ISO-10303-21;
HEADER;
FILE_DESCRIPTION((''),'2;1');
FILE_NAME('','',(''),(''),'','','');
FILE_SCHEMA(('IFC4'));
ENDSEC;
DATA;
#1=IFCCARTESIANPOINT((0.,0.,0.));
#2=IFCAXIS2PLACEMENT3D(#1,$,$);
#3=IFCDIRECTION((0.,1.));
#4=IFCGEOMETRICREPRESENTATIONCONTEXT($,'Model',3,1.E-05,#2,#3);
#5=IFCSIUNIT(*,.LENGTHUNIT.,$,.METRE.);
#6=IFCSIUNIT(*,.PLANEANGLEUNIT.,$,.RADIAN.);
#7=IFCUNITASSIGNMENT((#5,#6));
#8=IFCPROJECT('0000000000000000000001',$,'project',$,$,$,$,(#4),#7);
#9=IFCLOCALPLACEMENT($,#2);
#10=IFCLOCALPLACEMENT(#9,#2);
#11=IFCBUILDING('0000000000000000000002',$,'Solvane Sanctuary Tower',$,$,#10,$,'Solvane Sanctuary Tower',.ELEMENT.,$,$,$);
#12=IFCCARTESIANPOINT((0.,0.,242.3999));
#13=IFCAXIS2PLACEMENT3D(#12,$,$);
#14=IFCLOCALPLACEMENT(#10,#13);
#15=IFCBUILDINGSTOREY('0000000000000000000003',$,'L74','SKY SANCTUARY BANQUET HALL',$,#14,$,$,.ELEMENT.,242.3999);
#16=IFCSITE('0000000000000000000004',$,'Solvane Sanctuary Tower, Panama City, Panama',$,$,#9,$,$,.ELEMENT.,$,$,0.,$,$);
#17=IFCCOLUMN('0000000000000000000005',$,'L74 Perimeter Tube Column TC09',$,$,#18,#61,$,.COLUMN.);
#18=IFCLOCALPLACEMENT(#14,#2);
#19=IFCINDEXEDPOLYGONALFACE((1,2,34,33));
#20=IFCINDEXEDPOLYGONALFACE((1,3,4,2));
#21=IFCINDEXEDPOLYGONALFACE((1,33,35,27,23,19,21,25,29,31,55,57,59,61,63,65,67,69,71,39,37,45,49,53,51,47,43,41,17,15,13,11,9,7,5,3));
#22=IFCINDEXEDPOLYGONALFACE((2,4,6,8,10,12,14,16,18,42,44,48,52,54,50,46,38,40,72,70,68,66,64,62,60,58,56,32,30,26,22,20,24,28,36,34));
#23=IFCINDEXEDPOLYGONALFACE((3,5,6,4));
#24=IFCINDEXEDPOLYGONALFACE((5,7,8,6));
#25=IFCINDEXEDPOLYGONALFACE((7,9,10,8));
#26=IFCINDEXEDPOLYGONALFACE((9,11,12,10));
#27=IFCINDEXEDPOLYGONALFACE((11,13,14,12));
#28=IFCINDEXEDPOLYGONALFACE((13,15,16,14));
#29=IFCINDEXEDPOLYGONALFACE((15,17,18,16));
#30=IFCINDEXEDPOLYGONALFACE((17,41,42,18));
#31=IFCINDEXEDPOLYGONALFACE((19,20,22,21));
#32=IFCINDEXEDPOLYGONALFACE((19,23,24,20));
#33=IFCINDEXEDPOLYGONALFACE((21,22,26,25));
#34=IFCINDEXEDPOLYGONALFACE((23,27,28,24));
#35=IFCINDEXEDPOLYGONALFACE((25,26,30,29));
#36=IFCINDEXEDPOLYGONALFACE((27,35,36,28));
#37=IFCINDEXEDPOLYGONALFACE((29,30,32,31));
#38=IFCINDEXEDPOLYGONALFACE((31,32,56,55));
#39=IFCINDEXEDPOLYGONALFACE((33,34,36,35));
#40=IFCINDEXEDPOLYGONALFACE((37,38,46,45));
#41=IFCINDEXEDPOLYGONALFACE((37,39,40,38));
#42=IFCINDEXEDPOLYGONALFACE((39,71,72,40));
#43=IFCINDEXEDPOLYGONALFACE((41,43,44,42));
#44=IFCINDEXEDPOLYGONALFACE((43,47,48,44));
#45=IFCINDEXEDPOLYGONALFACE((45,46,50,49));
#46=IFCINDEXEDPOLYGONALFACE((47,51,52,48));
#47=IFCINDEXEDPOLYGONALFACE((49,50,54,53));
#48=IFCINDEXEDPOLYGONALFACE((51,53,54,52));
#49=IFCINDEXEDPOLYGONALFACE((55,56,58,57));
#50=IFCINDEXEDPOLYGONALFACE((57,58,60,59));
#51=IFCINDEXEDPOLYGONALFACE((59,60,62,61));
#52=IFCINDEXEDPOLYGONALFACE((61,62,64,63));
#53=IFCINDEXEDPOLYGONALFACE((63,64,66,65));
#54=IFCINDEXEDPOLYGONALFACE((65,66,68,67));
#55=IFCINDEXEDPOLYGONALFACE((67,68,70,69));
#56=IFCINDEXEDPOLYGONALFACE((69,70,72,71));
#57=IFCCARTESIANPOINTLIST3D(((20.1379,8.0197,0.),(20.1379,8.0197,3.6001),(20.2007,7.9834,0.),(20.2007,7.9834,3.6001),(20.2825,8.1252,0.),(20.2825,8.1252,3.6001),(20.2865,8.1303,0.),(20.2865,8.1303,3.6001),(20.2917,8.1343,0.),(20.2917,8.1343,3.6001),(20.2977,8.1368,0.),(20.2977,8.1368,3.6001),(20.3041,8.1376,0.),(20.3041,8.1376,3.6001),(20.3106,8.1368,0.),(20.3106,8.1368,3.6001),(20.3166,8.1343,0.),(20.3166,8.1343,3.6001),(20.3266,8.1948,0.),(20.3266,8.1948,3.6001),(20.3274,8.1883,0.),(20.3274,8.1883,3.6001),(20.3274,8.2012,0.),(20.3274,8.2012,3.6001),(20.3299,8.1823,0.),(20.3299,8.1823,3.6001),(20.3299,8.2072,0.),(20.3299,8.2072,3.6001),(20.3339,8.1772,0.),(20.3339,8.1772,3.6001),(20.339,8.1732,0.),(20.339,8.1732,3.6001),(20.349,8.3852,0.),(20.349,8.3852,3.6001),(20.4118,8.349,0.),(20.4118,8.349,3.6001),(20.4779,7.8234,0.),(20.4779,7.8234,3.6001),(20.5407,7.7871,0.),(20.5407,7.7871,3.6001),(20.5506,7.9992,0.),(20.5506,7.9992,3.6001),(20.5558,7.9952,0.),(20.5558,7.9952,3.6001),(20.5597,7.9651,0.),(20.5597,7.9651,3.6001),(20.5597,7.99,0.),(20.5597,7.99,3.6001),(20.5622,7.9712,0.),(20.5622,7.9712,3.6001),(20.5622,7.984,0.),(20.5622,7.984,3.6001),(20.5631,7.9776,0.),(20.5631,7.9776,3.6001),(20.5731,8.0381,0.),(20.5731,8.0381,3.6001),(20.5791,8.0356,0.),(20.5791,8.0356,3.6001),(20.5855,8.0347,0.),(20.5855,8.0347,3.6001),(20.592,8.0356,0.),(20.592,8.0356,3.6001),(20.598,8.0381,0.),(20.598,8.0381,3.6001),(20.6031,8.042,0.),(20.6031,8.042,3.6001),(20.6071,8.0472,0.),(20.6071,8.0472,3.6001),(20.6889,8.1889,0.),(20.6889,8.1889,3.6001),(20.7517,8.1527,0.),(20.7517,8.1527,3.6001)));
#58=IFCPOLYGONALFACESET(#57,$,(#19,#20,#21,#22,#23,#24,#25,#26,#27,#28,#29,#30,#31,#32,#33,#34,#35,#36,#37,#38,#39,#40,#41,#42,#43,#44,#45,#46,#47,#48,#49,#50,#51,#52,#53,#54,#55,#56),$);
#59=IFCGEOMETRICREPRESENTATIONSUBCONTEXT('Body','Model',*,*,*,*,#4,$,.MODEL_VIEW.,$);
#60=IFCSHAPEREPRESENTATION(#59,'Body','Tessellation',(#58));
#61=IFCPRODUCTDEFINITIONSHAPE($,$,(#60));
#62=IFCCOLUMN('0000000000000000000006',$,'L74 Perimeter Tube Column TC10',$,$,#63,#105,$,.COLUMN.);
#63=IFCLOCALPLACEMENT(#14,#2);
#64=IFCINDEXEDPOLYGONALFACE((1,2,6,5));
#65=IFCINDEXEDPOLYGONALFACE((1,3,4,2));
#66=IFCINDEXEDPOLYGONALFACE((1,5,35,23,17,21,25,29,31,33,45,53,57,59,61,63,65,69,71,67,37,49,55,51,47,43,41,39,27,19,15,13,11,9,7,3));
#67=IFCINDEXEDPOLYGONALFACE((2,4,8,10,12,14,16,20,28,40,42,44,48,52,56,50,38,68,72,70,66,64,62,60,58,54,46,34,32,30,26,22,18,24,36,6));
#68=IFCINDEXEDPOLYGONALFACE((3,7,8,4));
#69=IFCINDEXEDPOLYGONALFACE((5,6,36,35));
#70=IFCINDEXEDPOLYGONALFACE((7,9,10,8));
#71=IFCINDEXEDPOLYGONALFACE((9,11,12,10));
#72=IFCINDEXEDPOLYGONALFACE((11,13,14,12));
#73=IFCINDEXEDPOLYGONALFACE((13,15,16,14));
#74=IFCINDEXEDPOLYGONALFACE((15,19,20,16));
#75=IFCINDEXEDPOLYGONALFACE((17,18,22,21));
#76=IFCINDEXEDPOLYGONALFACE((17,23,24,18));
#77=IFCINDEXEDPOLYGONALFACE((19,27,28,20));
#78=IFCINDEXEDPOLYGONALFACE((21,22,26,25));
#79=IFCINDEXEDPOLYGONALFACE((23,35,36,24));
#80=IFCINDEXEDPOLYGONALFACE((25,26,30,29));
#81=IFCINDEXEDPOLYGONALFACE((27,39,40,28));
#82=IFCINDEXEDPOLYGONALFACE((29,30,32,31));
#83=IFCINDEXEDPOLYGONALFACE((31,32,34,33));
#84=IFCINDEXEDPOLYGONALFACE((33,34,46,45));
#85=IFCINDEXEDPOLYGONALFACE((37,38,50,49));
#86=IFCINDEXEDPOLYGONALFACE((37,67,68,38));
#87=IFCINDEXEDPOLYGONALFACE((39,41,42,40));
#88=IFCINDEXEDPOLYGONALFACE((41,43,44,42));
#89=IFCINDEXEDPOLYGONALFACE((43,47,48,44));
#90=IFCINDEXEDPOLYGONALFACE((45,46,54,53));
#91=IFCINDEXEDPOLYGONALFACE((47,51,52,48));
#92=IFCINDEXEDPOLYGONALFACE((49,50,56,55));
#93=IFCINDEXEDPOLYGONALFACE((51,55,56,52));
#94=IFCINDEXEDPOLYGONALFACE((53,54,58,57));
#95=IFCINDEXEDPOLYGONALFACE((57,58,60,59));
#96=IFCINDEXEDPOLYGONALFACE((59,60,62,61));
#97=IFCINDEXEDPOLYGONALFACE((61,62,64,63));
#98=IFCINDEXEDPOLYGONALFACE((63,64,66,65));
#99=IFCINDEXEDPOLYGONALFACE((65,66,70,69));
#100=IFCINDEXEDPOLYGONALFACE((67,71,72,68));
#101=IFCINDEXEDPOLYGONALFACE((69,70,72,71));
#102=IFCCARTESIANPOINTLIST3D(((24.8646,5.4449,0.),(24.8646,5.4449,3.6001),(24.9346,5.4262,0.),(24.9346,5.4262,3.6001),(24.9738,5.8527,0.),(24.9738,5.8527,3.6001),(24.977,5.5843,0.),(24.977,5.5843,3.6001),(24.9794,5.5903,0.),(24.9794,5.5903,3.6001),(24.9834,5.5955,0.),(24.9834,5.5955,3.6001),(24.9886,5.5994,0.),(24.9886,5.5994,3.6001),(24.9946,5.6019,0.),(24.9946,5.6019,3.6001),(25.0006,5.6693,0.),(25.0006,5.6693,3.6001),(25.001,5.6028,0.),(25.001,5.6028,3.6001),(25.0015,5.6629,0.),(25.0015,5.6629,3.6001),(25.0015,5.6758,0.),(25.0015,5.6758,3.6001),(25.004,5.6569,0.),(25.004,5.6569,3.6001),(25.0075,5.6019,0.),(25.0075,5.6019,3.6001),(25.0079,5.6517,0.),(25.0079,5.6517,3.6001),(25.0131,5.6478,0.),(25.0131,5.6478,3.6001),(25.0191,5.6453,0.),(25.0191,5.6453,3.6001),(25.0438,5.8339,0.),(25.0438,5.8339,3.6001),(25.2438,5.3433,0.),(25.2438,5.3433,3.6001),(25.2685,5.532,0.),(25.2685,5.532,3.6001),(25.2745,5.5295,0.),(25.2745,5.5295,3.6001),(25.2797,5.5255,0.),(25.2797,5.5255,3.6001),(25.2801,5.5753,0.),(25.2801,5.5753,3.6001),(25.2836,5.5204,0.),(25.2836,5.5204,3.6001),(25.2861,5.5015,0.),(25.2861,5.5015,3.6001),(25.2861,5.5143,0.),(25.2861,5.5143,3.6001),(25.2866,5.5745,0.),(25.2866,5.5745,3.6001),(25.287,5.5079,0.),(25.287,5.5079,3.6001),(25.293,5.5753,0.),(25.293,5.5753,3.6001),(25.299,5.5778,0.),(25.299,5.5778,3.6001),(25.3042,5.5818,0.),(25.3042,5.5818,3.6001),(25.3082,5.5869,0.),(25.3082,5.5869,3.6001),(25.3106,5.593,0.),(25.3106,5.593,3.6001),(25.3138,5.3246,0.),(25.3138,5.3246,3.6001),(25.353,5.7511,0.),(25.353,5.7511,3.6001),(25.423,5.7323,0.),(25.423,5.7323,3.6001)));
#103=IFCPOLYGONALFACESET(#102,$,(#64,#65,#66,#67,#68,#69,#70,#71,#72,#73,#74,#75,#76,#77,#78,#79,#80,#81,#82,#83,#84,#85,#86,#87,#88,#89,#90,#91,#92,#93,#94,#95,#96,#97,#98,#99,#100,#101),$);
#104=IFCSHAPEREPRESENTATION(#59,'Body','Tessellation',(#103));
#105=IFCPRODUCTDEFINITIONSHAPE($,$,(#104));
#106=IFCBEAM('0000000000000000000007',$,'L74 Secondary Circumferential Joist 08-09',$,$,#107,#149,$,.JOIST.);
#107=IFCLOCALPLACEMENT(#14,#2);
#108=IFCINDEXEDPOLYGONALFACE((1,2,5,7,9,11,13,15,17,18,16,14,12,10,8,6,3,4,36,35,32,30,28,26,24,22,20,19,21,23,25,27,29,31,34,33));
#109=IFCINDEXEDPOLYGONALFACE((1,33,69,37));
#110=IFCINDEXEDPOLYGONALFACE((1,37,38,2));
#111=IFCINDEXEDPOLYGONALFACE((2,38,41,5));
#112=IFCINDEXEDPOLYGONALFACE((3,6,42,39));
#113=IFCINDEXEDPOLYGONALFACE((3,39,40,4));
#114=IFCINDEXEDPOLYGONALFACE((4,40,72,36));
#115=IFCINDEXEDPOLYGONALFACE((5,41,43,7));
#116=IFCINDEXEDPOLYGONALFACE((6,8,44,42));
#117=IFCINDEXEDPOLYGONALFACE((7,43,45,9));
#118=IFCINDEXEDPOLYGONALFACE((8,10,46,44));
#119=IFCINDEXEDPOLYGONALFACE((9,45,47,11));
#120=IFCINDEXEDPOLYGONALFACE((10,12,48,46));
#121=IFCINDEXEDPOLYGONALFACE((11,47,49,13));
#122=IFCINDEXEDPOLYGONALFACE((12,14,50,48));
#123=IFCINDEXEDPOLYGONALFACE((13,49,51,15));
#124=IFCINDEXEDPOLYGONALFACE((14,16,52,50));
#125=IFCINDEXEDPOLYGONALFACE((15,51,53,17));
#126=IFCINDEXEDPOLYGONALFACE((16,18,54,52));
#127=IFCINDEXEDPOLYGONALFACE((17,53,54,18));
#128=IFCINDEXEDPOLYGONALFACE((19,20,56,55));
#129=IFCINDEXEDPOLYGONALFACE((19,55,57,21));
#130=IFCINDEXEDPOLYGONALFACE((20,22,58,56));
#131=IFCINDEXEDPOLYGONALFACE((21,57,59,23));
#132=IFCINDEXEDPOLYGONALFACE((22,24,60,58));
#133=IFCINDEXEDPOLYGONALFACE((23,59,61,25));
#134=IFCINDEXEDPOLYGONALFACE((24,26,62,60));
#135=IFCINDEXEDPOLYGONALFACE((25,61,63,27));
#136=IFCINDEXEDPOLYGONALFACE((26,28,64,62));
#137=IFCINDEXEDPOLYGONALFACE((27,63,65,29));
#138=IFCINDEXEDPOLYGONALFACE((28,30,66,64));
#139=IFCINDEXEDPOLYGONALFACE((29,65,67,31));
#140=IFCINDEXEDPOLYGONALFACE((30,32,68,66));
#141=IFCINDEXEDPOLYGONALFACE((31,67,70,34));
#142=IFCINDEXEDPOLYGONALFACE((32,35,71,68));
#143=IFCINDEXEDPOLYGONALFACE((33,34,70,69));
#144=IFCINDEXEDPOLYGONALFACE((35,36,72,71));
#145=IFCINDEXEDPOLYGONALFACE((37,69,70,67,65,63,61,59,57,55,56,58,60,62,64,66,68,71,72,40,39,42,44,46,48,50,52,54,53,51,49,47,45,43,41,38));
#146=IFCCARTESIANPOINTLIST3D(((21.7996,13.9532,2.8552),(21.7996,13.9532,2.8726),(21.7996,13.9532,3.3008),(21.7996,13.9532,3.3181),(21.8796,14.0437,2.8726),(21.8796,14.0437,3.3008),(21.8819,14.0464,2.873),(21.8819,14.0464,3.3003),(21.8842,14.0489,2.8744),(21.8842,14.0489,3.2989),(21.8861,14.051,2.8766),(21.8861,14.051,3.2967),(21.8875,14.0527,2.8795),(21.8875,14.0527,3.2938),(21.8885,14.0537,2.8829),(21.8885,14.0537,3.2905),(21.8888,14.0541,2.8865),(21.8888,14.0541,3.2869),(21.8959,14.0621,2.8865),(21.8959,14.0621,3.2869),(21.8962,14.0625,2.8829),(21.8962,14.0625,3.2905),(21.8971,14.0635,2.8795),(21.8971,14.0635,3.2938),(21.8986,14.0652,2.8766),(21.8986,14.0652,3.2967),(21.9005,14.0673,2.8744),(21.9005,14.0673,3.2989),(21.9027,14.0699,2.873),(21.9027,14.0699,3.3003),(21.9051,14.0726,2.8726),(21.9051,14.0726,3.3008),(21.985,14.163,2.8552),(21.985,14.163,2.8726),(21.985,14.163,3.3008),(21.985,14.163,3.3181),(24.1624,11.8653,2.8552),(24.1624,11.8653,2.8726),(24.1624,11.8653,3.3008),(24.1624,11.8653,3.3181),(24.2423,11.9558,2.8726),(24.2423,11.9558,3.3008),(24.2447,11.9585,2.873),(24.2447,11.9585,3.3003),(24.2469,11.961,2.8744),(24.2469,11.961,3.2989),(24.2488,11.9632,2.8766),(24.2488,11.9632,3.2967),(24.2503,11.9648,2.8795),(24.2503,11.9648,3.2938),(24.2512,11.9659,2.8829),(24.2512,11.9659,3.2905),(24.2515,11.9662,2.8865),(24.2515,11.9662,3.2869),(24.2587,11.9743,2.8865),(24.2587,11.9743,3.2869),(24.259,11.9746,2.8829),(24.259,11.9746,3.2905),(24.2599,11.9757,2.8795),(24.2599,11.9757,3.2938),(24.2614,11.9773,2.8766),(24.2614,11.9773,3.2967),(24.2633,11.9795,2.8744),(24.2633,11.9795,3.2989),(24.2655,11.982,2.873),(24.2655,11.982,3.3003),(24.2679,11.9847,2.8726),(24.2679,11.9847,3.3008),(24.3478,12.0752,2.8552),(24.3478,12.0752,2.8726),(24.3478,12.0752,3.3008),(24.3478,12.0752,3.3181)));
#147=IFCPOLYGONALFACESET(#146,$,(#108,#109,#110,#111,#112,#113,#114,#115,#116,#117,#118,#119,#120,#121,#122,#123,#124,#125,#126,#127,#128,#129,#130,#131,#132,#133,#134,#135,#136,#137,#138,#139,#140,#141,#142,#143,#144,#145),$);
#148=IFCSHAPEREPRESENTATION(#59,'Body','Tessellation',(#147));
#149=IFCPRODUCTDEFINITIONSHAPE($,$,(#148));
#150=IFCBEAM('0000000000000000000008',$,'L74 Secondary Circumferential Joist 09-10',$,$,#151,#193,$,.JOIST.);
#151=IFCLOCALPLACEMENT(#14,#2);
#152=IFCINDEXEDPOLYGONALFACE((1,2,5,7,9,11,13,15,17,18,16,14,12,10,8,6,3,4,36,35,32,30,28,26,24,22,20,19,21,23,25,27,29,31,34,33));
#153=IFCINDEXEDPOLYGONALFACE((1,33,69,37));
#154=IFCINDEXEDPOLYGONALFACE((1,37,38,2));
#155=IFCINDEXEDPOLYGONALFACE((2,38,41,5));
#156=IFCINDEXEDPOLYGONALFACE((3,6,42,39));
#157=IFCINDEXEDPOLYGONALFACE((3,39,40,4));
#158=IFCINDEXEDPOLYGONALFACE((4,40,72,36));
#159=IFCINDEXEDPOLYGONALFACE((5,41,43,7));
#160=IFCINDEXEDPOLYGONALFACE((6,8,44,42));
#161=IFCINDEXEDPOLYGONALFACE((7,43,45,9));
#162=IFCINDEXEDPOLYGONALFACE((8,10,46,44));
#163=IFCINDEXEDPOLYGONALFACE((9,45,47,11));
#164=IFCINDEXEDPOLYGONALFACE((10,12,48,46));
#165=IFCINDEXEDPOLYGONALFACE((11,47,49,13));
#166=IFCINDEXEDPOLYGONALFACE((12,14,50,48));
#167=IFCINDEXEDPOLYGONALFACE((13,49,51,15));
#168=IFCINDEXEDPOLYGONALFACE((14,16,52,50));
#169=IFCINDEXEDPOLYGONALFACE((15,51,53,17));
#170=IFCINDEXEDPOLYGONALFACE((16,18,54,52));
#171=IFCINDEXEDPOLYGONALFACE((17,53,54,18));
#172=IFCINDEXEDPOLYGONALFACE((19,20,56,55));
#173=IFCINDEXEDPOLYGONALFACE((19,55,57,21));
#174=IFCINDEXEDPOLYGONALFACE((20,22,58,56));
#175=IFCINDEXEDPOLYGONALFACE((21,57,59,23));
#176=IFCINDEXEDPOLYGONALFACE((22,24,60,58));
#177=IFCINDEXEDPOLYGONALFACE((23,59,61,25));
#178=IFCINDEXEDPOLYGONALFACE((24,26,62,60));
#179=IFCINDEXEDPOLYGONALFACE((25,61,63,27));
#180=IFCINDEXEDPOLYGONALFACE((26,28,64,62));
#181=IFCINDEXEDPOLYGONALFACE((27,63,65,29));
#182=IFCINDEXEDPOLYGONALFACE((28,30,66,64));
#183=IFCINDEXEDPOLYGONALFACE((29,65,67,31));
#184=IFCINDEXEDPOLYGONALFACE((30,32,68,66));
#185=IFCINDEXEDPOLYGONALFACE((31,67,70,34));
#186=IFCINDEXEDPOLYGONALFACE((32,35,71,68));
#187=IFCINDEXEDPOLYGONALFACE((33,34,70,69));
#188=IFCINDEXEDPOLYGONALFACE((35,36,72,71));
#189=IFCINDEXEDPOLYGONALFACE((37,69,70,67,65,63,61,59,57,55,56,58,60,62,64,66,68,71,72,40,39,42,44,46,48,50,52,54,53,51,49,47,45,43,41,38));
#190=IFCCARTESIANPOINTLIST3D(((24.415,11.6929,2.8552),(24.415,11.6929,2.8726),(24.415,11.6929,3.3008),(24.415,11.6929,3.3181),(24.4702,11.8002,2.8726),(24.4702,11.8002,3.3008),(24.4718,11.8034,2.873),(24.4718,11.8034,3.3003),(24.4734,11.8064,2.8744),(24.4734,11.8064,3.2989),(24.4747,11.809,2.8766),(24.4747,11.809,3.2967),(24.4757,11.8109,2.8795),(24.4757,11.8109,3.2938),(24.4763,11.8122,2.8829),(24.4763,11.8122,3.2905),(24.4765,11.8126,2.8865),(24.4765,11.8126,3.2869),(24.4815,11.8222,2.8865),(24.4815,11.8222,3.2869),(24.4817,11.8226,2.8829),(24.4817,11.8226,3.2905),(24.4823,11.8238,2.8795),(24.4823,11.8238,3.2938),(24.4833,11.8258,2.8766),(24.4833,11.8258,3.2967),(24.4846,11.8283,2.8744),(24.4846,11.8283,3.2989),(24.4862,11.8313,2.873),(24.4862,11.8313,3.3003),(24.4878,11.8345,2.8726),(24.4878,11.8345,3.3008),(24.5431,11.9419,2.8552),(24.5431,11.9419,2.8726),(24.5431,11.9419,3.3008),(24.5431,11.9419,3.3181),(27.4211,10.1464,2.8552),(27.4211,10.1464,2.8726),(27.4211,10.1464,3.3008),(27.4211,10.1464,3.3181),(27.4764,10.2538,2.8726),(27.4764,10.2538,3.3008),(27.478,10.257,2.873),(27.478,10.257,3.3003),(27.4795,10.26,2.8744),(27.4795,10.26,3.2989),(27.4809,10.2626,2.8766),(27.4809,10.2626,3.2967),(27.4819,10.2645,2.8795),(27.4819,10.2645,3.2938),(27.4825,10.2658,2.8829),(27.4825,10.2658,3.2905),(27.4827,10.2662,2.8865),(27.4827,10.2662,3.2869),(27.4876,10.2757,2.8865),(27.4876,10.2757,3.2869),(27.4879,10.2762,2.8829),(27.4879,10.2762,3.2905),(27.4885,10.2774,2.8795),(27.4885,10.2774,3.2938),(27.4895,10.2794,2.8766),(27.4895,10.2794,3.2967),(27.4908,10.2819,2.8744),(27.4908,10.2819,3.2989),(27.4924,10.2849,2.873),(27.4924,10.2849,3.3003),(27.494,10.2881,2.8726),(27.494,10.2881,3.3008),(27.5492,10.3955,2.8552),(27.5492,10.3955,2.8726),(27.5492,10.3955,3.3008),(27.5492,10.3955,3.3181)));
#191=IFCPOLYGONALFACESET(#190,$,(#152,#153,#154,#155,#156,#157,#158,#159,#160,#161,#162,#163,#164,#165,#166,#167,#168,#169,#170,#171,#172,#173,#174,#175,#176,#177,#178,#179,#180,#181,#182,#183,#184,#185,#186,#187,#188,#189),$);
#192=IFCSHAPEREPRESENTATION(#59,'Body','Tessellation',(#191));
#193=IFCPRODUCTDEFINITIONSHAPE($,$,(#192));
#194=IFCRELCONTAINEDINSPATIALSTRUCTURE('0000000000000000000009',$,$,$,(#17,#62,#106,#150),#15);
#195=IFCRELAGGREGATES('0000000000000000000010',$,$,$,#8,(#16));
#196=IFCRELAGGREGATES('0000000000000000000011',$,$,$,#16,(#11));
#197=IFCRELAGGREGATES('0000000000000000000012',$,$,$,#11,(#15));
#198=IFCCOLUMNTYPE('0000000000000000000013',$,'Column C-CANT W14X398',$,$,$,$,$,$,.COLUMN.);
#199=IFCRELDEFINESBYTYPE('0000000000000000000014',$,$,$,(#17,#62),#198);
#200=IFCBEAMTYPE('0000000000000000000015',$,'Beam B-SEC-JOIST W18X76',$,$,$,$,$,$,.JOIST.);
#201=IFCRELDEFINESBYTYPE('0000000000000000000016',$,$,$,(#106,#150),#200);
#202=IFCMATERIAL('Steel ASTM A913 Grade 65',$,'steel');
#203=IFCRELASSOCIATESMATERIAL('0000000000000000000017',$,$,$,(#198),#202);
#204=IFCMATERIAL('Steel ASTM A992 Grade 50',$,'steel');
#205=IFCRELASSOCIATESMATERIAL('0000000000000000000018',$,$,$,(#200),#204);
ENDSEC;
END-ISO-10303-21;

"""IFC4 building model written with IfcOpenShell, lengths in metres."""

from ifc_helpers import new_model, si_unit, direction, frame, origin, origin_2d, place, context, subcontext, project, spatial, i_section, extrude, material, material_profile, profile_set, type_object, element, save


model = new_model("IFC4")

# Units and contexts
model_context = context("Model", 3, precision=1e-05, world=origin(), true_north=direction((0.0, 1.0)))
body_context = subcontext(model_context, "Body", "Model", "MODEL_VIEW")
ifc_project = project(units=[si_unit("LENGTHUNIT", "METRE"), si_unit("PLANEANGLEUNIT", "RADIAN")], contexts=[model_context])

# Site, building, storey
site_placement = place(None, origin())
site = spatial("IfcSite", under=ifc_project, at=site_placement, Name="Solvane Sanctuary Tower, Panama City, Panama", CompositionType="ELEMENT", RefElevation=0.0)
building_placement = place(site_placement, origin())
building = spatial("IfcBuilding", under=site, at=building_placement, Name="Solvane Sanctuary Tower", LongName="Solvane Sanctuary Tower", CompositionType="ELEMENT")
storey_placement = place(building_placement, frame((0.0, 0.0, 242.3999)))
storey = spatial("IfcBuildingStorey", under=building, at=storey_placement, Name="L74", Description="SKY SANCTUARY BANQUET HALL", CompositionType="ELEMENT", Elevation=242.3999)

# Columns
ifc_material_1 = material(Name="Steel ASTM A913 Grade 65", Category="steel")
ifc_material_profile_1 = material_profile(ifc_material_1, i_section(OverallWidth=0.4221, OverallDepth=0.4651, WebThickness=0.0449, FlangeThickness=0.0725, FilletRadius=0.0249, at=origin_2d()), Name="W14X398")
ifc_profile_set_1 = profile_set([ifc_material_profile_1], Name="Steel ASTM A913 Grade 65")
column_type = type_object("IfcColumnType", Name="Column C-CANT W14X398", PredefinedType="COLUMN", material=ifc_profile_set_1)
for number, where, z_axis, x_axis, name in (
    (1, (20.4448, 8.0862, 0.0), (0.0, 0.0, 1.0), (-0.5, -0.866025, 0.0), "L74 Perimeter Tube Column TC09"),
    (2, (25.1438, 5.5886, 0.0), (0.0, 0.0, 1.0), (-0.258819, -0.965926, 0.0), "L74 Perimeter Tube Column TC10"),
):
    element("IfcColumn", number, at=place(storey_placement, frame(where, z_axis=z_axis, x_axis=x_axis)), inside=storey, type_object=column_type, Name=name, PredefinedType="COLUMN", context=body_context, shape_type="SweptSolid", body=[
        extrude(i_section(OverallWidth=0.4221, OverallDepth=0.4651, WebThickness=0.0449, FlangeThickness=0.0725, FilletRadius=0.0249, at=origin_2d()), origin(), (0.0, 0.0, 1.0), 3.6001),
    ])

# Beams
ifc_material_2 = material(Name="Steel ASTM A992 Grade 50", Category="steel")
ifc_material_profile_2 = material_profile(ifc_material_2, i_section(OverallWidth=0.28, OverallDepth=0.4629, WebThickness=0.0107, FlangeThickness=0.0173, FilletRadius=0.0139, at=origin_2d()), Name="W18X76")
ifc_profile_set_2 = profile_set([ifc_material_profile_2], Name="Steel ASTM A992 Grade 50")
beam_type_1 = type_object("IfcBeamType", Name="Beam B-SEC-JOIST W18X76", PredefinedType="JOIST", material=ifc_profile_set_2)
beam_1_placement = place(storey_placement, frame((21.8923, 14.0581, 3.0867), z_axis=(0.749354, -0.662169, 0.0), x_axis=(0.662169, 0.749354, 0.0)))
element("IfcBeam", 3, at=beam_1_placement, inside=storey, type_object=beam_type_1, Name="L74 Secondary Circumferential Joist 08-09", PredefinedType="JOIST", context=body_context, shape_type="SweptSolid", body=[
    extrude(i_section(OverallWidth=0.28, OverallDepth=0.4629, WebThickness=0.0107, FlangeThickness=0.0173, FilletRadius=0.0139, at=origin_2d()), origin(), (0.0, 0.0, 1.0), 3.1531),
])
beam_2_placement = place(storey_placement, frame((24.479, 11.8174, 3.0867), z_axis=(0.889241, -0.457439, 0.0), x_axis=(0.457439, 0.889241, 0.0)))
element("IfcBeam", 4, at=beam_2_placement, inside=storey, type_object=beam_type_1, Name="L74 Secondary Circumferential Joist 09-10", PredefinedType="JOIST", context=body_context, shape_type="SweptSolid", body=[
    extrude(i_section(OverallWidth=0.28, OverallDepth=0.4629, WebThickness=0.0107, FlangeThickness=0.0173, FilletRadius=0.0139, at=origin_2d()), origin(), (0.0, 0.0, 1.0), 3.3806),
])

save(model, "model.ifc")
